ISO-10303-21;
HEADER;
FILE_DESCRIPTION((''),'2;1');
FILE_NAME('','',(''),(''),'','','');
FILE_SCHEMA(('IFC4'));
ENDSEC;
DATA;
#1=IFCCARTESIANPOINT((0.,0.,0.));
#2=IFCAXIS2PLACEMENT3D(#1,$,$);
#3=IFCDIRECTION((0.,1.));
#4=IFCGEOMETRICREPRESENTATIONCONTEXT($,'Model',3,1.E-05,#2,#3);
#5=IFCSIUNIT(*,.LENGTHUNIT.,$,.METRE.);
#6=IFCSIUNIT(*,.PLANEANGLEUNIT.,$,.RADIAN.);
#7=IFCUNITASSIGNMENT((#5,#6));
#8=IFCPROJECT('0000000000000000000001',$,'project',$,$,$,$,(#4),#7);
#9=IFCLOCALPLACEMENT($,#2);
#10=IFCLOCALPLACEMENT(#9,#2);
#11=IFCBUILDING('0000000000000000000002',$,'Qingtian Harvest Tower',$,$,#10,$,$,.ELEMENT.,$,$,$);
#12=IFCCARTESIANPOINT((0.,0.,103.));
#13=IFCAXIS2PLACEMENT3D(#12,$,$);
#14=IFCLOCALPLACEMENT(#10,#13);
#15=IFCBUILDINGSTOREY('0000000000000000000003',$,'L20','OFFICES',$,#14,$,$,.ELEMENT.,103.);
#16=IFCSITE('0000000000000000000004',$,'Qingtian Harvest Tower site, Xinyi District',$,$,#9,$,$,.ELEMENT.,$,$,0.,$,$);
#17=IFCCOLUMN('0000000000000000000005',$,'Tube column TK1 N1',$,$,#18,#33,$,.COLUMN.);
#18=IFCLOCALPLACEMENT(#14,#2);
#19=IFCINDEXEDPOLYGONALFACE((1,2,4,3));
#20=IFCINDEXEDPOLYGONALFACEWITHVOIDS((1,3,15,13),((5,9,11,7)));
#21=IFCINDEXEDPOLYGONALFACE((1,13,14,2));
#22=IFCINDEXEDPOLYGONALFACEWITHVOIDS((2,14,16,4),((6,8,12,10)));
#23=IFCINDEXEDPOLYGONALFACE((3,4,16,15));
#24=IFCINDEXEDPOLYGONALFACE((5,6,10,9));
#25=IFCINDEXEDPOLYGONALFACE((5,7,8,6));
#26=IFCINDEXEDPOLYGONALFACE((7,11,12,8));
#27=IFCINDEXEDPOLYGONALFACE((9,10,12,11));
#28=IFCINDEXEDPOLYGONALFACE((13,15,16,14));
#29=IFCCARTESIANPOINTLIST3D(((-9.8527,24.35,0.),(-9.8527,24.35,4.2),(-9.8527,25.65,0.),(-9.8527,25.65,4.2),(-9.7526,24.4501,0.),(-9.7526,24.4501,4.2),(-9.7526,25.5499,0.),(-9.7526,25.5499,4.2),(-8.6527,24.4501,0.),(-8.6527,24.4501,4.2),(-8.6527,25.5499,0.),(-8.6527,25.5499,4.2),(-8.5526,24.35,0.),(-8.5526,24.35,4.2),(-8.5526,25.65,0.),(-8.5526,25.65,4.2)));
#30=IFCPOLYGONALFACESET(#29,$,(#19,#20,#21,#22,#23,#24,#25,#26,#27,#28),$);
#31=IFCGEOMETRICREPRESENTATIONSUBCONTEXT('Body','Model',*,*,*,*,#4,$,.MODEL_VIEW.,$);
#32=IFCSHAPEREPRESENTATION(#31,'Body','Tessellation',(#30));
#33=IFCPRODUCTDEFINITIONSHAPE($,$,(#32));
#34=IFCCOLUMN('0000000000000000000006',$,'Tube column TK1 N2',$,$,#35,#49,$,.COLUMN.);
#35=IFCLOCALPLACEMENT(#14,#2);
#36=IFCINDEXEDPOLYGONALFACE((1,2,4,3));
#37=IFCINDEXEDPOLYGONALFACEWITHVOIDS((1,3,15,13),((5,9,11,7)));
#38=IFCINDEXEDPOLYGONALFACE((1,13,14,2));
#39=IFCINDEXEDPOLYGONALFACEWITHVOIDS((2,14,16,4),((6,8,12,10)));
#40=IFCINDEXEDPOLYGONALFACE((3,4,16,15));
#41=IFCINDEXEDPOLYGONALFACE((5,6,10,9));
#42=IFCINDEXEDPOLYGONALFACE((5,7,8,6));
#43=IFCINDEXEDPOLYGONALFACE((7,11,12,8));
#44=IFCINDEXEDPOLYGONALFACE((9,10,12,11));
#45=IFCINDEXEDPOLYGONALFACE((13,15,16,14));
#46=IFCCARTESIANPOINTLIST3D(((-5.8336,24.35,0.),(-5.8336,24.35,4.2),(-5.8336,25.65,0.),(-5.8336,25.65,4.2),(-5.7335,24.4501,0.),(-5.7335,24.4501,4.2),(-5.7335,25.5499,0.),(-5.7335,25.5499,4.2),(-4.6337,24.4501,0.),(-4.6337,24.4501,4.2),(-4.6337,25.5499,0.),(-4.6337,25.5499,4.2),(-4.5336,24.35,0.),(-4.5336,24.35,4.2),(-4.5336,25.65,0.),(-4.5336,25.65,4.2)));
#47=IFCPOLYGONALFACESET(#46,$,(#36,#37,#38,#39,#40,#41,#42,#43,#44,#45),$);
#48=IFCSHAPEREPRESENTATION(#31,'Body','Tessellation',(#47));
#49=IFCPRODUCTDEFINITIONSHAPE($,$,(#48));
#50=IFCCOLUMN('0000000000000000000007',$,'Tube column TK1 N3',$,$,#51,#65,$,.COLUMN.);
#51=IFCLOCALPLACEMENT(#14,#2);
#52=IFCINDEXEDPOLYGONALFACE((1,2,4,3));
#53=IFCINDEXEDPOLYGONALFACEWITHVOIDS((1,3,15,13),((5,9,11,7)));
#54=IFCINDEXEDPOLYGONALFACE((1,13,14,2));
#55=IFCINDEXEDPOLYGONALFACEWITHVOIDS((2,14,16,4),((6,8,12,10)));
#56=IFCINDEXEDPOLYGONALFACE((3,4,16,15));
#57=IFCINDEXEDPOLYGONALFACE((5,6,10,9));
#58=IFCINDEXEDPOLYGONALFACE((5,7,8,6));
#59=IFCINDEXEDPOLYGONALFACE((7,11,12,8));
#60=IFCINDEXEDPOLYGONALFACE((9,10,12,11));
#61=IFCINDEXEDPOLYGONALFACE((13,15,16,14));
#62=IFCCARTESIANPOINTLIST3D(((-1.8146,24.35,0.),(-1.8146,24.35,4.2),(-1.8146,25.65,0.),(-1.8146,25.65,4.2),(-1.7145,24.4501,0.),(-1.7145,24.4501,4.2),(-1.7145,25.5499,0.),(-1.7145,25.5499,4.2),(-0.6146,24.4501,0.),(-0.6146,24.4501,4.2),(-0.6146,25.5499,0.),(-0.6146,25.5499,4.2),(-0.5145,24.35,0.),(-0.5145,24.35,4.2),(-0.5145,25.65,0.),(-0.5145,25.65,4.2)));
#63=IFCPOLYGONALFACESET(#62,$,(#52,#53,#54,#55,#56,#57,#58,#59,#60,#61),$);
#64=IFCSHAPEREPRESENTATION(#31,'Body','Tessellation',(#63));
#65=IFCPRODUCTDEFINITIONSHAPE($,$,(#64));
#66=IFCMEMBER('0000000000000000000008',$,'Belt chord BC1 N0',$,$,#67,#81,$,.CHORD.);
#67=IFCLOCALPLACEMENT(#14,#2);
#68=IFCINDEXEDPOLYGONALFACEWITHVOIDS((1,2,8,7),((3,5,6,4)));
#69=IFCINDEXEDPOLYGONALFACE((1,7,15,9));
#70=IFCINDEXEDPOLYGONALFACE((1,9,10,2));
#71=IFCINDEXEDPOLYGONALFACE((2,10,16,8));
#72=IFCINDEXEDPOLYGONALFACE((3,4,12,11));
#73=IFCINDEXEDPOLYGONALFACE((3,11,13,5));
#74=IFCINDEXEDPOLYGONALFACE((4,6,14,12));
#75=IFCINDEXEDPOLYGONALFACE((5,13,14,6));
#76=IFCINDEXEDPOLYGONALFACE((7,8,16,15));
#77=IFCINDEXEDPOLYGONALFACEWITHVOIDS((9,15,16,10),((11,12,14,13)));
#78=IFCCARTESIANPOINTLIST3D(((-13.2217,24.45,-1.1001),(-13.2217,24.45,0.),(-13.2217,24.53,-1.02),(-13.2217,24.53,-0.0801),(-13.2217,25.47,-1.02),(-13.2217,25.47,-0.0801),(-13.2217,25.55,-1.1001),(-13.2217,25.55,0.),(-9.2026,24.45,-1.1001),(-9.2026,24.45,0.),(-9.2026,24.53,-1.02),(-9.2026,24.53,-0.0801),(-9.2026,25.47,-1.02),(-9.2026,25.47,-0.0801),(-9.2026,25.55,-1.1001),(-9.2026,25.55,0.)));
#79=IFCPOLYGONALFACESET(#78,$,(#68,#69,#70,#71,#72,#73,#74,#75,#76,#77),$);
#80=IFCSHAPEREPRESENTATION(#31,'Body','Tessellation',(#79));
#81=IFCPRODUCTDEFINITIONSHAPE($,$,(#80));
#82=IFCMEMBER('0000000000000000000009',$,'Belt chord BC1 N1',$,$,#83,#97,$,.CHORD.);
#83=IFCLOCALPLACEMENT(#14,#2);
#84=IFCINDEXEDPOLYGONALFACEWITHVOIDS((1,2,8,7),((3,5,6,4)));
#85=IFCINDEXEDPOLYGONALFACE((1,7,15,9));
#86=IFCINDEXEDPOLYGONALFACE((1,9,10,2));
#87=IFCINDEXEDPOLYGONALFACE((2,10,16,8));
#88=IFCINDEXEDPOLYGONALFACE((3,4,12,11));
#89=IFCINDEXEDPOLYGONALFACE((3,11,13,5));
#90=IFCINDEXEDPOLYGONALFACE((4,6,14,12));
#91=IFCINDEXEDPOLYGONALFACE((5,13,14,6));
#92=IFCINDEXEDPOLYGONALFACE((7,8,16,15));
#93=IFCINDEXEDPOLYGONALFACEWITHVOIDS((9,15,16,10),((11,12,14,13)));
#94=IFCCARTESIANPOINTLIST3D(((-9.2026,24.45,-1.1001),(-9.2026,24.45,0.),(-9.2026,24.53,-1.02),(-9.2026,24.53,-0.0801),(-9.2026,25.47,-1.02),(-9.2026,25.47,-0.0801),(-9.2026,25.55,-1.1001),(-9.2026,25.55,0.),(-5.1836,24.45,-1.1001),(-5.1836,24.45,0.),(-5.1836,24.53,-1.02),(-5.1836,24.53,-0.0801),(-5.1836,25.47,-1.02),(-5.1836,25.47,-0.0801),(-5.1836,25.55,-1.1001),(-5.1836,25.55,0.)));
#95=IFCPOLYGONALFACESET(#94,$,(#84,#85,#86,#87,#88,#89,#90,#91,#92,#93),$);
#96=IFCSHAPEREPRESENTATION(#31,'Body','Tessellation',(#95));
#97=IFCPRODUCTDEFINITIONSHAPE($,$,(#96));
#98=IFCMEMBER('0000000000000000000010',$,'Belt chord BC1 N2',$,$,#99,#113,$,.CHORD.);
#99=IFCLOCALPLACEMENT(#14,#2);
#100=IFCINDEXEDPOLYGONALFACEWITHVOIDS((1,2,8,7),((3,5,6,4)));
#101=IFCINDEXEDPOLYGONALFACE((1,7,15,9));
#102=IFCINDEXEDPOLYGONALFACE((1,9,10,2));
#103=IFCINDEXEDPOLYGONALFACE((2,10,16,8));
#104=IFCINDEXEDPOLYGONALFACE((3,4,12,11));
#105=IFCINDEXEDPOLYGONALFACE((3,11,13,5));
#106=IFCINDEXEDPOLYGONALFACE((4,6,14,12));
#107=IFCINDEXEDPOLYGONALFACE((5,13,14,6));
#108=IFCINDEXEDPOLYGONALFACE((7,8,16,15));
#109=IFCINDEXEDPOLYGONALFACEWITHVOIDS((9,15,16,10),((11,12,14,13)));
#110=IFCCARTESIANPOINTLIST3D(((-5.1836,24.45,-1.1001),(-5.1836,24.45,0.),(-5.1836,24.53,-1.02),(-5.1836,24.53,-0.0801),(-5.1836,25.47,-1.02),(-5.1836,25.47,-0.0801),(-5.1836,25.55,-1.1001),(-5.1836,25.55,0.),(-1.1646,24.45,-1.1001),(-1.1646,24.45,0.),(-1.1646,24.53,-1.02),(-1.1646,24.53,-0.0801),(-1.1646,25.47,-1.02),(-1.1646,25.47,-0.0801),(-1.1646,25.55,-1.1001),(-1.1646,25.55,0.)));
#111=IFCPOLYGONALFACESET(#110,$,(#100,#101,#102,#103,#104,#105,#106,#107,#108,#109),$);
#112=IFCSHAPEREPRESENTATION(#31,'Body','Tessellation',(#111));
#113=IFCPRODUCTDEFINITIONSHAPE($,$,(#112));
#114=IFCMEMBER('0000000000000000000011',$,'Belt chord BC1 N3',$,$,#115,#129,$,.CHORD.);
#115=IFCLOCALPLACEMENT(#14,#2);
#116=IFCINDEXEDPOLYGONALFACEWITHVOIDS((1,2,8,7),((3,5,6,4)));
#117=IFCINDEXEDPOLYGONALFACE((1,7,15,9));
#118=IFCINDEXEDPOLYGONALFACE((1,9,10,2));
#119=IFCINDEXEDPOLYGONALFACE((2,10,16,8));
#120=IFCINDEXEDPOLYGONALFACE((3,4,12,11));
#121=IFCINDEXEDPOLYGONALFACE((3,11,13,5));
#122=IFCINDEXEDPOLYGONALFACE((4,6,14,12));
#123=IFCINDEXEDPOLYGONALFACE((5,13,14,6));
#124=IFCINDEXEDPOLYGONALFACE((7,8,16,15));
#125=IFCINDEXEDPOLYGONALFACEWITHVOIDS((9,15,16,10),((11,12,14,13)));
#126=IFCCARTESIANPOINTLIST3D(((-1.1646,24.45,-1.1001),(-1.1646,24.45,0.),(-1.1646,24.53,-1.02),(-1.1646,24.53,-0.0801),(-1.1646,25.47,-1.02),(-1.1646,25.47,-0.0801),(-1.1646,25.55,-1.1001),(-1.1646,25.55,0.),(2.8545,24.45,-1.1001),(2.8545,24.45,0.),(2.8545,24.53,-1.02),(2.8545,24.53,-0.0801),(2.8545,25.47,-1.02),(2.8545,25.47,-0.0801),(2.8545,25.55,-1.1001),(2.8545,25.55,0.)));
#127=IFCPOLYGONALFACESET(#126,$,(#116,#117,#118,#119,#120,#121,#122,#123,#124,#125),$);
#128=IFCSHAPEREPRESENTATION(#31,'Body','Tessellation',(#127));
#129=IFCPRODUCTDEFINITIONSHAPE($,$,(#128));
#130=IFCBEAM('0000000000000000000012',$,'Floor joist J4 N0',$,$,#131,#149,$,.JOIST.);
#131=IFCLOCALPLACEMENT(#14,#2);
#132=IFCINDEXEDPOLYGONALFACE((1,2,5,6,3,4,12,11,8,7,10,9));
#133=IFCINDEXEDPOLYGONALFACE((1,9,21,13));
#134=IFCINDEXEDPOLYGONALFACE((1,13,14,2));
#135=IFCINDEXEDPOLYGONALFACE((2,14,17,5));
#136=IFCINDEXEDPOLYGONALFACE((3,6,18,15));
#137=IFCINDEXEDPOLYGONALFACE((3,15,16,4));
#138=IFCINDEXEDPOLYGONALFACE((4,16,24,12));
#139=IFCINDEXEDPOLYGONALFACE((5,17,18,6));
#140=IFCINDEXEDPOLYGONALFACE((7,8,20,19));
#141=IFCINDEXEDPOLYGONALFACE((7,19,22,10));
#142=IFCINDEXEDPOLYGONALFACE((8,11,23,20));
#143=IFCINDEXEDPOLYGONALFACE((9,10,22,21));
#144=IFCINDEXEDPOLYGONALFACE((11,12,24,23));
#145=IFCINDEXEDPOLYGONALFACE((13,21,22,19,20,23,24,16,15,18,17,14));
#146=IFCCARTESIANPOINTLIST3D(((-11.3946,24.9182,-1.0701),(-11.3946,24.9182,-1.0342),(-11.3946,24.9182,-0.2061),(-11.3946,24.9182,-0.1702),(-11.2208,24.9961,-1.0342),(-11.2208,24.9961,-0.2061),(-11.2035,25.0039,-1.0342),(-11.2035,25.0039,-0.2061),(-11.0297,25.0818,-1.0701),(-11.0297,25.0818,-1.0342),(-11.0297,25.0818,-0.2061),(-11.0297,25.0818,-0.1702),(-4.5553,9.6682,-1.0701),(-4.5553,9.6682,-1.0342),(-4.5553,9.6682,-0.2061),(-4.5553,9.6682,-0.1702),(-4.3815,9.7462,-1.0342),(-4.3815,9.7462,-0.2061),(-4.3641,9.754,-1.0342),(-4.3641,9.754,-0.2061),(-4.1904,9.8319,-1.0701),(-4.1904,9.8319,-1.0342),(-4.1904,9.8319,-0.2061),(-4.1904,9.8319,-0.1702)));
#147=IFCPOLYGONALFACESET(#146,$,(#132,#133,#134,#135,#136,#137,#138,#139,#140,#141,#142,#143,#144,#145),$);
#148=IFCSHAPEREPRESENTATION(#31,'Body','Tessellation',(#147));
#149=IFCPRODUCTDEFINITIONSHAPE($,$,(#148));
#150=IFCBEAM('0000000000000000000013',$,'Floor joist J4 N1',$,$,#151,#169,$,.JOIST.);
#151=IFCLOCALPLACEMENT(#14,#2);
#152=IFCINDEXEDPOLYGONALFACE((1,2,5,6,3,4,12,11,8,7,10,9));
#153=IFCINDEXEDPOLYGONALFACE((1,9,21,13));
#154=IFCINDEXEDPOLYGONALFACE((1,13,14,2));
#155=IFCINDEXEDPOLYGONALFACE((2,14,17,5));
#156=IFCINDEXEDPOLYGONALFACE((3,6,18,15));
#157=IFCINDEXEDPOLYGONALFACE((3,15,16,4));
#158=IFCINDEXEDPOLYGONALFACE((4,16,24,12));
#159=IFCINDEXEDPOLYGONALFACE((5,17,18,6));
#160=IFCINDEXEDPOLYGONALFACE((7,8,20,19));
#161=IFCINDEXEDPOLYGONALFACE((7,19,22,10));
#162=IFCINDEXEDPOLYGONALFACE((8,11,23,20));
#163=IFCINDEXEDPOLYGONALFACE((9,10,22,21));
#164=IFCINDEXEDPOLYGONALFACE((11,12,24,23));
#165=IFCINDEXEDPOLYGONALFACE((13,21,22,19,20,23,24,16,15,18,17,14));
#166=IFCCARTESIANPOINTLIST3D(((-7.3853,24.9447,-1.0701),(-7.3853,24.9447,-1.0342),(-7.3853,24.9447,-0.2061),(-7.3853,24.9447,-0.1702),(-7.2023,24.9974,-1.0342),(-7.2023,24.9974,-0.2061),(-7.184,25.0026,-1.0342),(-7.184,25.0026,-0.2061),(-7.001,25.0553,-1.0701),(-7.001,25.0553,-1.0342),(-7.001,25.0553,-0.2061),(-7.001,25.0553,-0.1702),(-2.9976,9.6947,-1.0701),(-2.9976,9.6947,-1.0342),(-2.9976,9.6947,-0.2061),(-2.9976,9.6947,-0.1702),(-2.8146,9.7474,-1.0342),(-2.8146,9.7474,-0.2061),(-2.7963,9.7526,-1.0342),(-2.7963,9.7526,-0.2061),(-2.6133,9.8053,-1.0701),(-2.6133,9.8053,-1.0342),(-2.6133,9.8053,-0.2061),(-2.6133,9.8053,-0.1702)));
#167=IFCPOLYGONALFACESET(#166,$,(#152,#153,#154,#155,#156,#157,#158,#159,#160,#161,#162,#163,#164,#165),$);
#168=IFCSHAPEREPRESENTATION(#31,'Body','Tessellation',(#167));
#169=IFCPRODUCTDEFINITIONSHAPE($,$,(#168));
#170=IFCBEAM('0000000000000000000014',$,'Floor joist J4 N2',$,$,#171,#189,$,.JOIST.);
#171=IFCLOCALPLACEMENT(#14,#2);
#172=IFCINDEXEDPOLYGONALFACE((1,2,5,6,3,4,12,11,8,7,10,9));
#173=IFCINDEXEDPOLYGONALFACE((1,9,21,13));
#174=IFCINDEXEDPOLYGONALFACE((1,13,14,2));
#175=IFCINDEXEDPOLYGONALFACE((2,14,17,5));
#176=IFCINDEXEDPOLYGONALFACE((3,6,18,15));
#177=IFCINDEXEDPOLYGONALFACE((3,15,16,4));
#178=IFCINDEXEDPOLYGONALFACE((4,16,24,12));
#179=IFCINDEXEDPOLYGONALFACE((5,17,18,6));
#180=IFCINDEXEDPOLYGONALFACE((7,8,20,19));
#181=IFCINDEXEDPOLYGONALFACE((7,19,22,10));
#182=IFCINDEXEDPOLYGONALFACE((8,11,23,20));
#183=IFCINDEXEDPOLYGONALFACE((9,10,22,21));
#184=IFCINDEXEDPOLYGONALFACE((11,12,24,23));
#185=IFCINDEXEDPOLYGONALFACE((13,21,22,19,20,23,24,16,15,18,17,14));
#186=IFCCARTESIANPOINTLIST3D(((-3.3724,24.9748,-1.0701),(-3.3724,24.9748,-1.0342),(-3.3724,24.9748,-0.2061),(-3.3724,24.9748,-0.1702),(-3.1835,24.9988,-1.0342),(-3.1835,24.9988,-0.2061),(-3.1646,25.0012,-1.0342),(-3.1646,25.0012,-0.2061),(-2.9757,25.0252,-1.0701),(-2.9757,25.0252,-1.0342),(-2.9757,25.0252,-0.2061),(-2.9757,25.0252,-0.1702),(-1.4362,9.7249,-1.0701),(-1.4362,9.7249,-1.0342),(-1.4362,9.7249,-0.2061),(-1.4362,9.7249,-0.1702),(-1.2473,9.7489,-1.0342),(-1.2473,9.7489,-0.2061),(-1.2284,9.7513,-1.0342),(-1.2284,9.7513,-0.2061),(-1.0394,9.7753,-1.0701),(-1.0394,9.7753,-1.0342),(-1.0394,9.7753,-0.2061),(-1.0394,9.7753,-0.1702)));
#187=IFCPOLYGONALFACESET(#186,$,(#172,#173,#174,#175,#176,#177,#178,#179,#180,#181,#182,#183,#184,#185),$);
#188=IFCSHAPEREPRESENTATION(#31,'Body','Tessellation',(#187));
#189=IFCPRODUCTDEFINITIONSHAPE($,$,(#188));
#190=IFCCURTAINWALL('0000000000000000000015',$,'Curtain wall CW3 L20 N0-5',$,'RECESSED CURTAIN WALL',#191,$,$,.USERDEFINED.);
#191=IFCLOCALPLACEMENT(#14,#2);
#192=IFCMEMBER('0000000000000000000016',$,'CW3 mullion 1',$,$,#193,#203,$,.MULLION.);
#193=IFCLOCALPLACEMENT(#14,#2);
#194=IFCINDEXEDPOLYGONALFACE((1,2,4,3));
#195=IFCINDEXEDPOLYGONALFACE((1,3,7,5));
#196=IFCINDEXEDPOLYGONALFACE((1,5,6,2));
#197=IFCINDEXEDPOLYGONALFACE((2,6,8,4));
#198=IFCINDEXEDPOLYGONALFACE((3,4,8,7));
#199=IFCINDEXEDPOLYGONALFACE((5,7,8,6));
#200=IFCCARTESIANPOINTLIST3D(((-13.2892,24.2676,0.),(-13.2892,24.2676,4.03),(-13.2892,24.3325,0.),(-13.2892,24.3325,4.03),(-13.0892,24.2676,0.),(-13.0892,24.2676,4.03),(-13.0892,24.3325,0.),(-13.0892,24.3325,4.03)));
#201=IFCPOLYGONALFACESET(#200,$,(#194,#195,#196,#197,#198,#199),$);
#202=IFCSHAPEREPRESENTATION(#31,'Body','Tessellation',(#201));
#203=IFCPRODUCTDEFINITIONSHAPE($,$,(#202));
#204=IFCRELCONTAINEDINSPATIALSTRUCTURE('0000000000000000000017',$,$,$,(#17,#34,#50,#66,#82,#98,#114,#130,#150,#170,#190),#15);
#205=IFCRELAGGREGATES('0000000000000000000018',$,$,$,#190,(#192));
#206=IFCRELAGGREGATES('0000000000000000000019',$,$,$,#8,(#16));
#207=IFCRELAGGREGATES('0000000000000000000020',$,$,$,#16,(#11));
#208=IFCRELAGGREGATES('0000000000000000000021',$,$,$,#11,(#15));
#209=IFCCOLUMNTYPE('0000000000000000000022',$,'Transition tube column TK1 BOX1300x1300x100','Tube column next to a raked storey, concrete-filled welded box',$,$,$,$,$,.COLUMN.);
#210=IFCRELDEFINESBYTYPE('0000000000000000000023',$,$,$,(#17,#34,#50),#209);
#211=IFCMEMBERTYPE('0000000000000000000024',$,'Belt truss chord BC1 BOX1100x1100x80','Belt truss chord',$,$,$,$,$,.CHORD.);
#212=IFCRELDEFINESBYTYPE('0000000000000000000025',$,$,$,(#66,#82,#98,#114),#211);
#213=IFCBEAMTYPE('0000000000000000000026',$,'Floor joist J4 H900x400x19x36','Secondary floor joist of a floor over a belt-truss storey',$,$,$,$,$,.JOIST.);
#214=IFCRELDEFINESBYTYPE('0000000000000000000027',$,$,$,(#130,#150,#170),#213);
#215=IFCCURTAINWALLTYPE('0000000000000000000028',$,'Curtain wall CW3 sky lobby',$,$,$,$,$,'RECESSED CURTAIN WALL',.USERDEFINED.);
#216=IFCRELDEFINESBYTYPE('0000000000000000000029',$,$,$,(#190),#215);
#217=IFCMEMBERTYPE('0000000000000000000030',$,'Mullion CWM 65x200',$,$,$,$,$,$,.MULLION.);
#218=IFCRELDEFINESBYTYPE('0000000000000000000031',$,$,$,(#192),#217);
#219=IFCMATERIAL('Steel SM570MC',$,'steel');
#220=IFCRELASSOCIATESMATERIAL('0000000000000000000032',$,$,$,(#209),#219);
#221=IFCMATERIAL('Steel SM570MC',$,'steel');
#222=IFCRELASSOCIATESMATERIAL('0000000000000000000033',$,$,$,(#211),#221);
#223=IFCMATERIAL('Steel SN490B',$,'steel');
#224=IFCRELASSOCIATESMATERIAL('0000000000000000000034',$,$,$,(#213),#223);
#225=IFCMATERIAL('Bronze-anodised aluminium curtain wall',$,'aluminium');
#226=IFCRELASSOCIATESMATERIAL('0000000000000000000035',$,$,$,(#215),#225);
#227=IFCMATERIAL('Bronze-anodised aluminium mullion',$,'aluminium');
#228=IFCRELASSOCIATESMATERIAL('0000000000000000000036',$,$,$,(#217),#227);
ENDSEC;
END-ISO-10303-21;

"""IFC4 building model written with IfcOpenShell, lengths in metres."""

from ifc_helpers import new_model, si_unit, direction, frame, origin, origin_2d, place, context, subcontext, project, spatial, rectangle, hollow_rectangle, i_section, extrude, material, material_profile, profile_set, type_object, element, aggregate, save


model = new_model("IFC4")

# Units and contexts
model_context = context("Model", 3, precision=1e-05, world=origin(), true_north=direction((0.0, 1.0)))
body_context = subcontext(model_context, "Body", "Model", "MODEL_VIEW")
ifc_project = project(units=[si_unit("LENGTHUNIT", "METRE"), si_unit("PLANEANGLEUNIT", "RADIAN")], contexts=[model_context])

# Site, building, storey
site_placement = place(None, origin())
site = spatial("IfcSite", under=ifc_project, at=site_placement, Name="Qingtian Harvest Tower site, Xinyi District", CompositionType="ELEMENT", RefElevation=0.0)
building_placement = place(site_placement, origin())
building = spatial("IfcBuilding", under=site, at=building_placement, Name="Qingtian Harvest Tower", CompositionType="ELEMENT")
storey_placement = place(building_placement, frame((0.0, 0.0, 103.0)))
storey = spatial("IfcBuildingStorey", under=building, at=storey_placement, Name="L20", Description="OFFICES", CompositionType="ELEMENT", Elevation=103.0)

# Columns
ifc_material_1 = material(Name="Steel SM570MC", Category="steel")
ifc_material_profile_1 = material_profile(ifc_material_1, hollow_rectangle(XDim=1.3, YDim=1.3, WallThickness=0.1001, at=origin_2d()), Name="BOX1300x1300x100")
ifc_profile_set_1 = profile_set([ifc_material_profile_1], Name="Steel SM570MC")
column_type = type_object("IfcColumnType", Name="Transition tube column TK1 BOX1300x1300x100", Description="Tube column next to a raked storey, concrete-filled welded box", PredefinedType="COLUMN", material=ifc_profile_set_1)
for number, where, z_axis, x_axis, name in (
    (1, (-9.2026, 25.0, 0.0), (0.0, 0.0, 1.0), (-1.0, 0.0, 0.0), "Tube column TK1 N1"),
    (2, (-5.1836, 25.0, 0.0), (0.0, 0.0, 1.0), (-1.0, 0.0, 0.0), "Tube column TK1 N2"),
    (3, (-1.1646, 25.0, 0.0), (0.0, 0.0, 1.0), (-1.0, 0.0, 0.0), "Tube column TK1 N3"),
):
    element("IfcColumn", number, at=place(storey_placement, frame(where, z_axis=z_axis, x_axis=x_axis)), inside=storey, type_object=column_type, Name=name, PredefinedType="COLUMN", context=body_context, shape_type="SweptSolid", body=[
        extrude(hollow_rectangle(XDim=1.3, YDim=1.3, WallThickness=0.1001, at=origin_2d()), origin(), (0.0, 0.0, 1.0), 4.2),
    ])

# Members
ifc_material_2 = material(Name="Steel SM570MC", Category="steel")
ifc_material_profile_2 = material_profile(ifc_material_2, hollow_rectangle(XDim=1.1001, YDim=1.1001, WallThickness=0.0801, at=origin_2d()), Name="BOX1100x1100x80")
ifc_profile_set_2 = profile_set([ifc_material_profile_2], Name="Steel SM570MC")
member_type_1 = type_object("IfcMemberType", Name="Belt truss chord BC1 BOX1100x1100x80", Description="Belt truss chord", PredefinedType="CHORD", material=ifc_profile_set_2)
for number, where, z_axis, x_axis, name in (
    (4, (-13.2217, 25.0, -0.55), (1.0, 0.0, 0.0), (0.0, 1.0, 0.0), "Belt chord BC1 N0"),
    (5, (-9.2026, 25.0, -0.55), (1.0, 0.0, 0.0), (0.0, 1.0, 0.0), "Belt chord BC1 N1"),
    (6, (-5.1836, 25.0, -0.55), (1.0, 0.0, 0.0), (0.0, 1.0, 0.0), "Belt chord BC1 N2"),
    (7, (-1.1646, 25.0, -0.55), (1.0, 0.0, 0.0), (0.0, 1.0, 0.0), "Belt chord BC1 N3"),
):
    element("IfcMember", number, at=place(storey_placement, frame(where, z_axis=z_axis, x_axis=x_axis)), inside=storey, type_object=member_type_1, Name=name, PredefinedType="CHORD", context=body_context, shape_type="SweptSolid", body=[
        extrude(hollow_rectangle(XDim=1.1001, YDim=1.1001, WallThickness=0.0801, at=origin_2d()), origin(), (0.0, 0.0, 1.0), 4.019),
    ])

# Beams
ifc_material_3 = material(Name="Steel SN490B", Category="steel")
ifc_material_profile_3 = material_profile(ifc_material_3, i_section(OverallWidth=0.3999, OverallDepth=0.8999, WebThickness=0.019, FlangeThickness=0.0359, at=origin_2d()), Name="H900x400x19x36")
ifc_profile_set_3 = profile_set([ifc_material_profile_3], Name="Steel SN490B")
beam_type_1 = type_object("IfcBeamType", Name="Floor joist J4 H900x400x19x36", Description="Secondary floor joist of a floor over a belt-truss storey", PredefinedType="JOIST", material=ifc_profile_set_3)
beam_1_placement = place(storey_placement, frame((-11.2122, 25.0, -0.6201), z_axis=(0.409213, -0.912439, 0.0), x_axis=(0.912439, 0.409213, 0.0)))
element("IfcBeam", 8, at=beam_1_placement, inside=storey, type_object=beam_type_1, Name="Floor joist J4 N0", PredefinedType="JOIST", context=body_context, shape_type="SweptSolid", body=[
    extrude(i_section(OverallWidth=0.3999, OverallDepth=0.8999, WebThickness=0.019, FlangeThickness=0.0359, at=origin_2d()), origin(), (0.0, 0.0, 1.0), 16.7134),
])
beam_2_placement = place(storey_placement, frame((-7.1931, 25.0, -0.6201), z_axis=(0.276501, -0.961014, 0.0), x_axis=(0.961014, 0.276501, 0.0)))
element("IfcBeam", 9, at=beam_2_placement, inside=storey, type_object=beam_type_1, Name="Floor joist J4 N1", PredefinedType="JOIST", context=body_context, shape_type="SweptSolid", body=[
    extrude(i_section(OverallWidth=0.3999, OverallDepth=0.8999, WebThickness=0.019, FlangeThickness=0.0359, at=origin_2d()), origin(), (0.0, 0.0, 1.0), 15.8687),
])
beam_3_placement = place(storey_placement, frame((-3.1741, 25.0, -0.6201), z_axis=(0.125958, -0.992036, 0.0), x_axis=(0.992036, 0.125958, 0.0)))
element("IfcBeam", 10, at=beam_3_placement, inside=storey, type_object=beam_type_1, Name="Floor joist J4 N2", PredefinedType="JOIST", context=body_context, shape_type="SweptSolid", body=[
    extrude(i_section(OverallWidth=0.3999, OverallDepth=0.8999, WebThickness=0.019, FlangeThickness=0.0359, at=origin_2d()), origin(), (0.0, 0.0, 1.0), 15.3723),
])

# Curtain wall, member
ifc_material_4 = material(Name="Bronze-anodised aluminium curtain wall", Category="aluminium")
curtain_wall_type = type_object("IfcCurtainWallType", Name="Curtain wall CW3 sky lobby", ElementType="RECESSED CURTAIN WALL", PredefinedType="USERDEFINED", material=ifc_material_4)
curtain_wall_placement = place(storey_placement, origin())
curtain_wall = element("IfcCurtainWall", 11, at=curtain_wall_placement, inside=storey, type_object=curtain_wall_type, Name="Curtain wall CW3 L20 N0-5", ObjectType="RECESSED CURTAIN WALL", PredefinedType="USERDEFINED")
ifc_material_5 = material(Name="Bronze-anodised aluminium mullion", Category="aluminium")
ifc_material_profile_4 = material_profile(ifc_material_5, rectangle(XDim=0.0649, YDim=0.2, at=origin_2d()), Name="AL 65x200")
ifc_profile_set_4 = profile_set([ifc_material_profile_4], Name="Bronze-anodised aluminium mullion")
member_type_2 = type_object("IfcMemberType", Name="Mullion CWM 65x200", PredefinedType="MULLION", material=ifc_profile_set_4)
member_1_placement = place(storey_placement, frame((-13.1892, 24.3, 0.0), z_axis=(0.0, 0.0, 1.0), x_axis=(0.0, 1.0, 0.0)))
member_1 = element("IfcMember", 12, at=member_1_placement, type_object=member_type_2, Name="CW3 mullion 1", PredefinedType="MULLION", context=body_context, shape_type="SweptSolid", body=[
    extrude(rectangle(XDim=0.0649, YDim=0.2, at=origin_2d()), origin(), (0.0, 0.0, 1.0), 4.03),
])

aggregate(curtain_wall, [member_1])

save(model, "model.ifc")
